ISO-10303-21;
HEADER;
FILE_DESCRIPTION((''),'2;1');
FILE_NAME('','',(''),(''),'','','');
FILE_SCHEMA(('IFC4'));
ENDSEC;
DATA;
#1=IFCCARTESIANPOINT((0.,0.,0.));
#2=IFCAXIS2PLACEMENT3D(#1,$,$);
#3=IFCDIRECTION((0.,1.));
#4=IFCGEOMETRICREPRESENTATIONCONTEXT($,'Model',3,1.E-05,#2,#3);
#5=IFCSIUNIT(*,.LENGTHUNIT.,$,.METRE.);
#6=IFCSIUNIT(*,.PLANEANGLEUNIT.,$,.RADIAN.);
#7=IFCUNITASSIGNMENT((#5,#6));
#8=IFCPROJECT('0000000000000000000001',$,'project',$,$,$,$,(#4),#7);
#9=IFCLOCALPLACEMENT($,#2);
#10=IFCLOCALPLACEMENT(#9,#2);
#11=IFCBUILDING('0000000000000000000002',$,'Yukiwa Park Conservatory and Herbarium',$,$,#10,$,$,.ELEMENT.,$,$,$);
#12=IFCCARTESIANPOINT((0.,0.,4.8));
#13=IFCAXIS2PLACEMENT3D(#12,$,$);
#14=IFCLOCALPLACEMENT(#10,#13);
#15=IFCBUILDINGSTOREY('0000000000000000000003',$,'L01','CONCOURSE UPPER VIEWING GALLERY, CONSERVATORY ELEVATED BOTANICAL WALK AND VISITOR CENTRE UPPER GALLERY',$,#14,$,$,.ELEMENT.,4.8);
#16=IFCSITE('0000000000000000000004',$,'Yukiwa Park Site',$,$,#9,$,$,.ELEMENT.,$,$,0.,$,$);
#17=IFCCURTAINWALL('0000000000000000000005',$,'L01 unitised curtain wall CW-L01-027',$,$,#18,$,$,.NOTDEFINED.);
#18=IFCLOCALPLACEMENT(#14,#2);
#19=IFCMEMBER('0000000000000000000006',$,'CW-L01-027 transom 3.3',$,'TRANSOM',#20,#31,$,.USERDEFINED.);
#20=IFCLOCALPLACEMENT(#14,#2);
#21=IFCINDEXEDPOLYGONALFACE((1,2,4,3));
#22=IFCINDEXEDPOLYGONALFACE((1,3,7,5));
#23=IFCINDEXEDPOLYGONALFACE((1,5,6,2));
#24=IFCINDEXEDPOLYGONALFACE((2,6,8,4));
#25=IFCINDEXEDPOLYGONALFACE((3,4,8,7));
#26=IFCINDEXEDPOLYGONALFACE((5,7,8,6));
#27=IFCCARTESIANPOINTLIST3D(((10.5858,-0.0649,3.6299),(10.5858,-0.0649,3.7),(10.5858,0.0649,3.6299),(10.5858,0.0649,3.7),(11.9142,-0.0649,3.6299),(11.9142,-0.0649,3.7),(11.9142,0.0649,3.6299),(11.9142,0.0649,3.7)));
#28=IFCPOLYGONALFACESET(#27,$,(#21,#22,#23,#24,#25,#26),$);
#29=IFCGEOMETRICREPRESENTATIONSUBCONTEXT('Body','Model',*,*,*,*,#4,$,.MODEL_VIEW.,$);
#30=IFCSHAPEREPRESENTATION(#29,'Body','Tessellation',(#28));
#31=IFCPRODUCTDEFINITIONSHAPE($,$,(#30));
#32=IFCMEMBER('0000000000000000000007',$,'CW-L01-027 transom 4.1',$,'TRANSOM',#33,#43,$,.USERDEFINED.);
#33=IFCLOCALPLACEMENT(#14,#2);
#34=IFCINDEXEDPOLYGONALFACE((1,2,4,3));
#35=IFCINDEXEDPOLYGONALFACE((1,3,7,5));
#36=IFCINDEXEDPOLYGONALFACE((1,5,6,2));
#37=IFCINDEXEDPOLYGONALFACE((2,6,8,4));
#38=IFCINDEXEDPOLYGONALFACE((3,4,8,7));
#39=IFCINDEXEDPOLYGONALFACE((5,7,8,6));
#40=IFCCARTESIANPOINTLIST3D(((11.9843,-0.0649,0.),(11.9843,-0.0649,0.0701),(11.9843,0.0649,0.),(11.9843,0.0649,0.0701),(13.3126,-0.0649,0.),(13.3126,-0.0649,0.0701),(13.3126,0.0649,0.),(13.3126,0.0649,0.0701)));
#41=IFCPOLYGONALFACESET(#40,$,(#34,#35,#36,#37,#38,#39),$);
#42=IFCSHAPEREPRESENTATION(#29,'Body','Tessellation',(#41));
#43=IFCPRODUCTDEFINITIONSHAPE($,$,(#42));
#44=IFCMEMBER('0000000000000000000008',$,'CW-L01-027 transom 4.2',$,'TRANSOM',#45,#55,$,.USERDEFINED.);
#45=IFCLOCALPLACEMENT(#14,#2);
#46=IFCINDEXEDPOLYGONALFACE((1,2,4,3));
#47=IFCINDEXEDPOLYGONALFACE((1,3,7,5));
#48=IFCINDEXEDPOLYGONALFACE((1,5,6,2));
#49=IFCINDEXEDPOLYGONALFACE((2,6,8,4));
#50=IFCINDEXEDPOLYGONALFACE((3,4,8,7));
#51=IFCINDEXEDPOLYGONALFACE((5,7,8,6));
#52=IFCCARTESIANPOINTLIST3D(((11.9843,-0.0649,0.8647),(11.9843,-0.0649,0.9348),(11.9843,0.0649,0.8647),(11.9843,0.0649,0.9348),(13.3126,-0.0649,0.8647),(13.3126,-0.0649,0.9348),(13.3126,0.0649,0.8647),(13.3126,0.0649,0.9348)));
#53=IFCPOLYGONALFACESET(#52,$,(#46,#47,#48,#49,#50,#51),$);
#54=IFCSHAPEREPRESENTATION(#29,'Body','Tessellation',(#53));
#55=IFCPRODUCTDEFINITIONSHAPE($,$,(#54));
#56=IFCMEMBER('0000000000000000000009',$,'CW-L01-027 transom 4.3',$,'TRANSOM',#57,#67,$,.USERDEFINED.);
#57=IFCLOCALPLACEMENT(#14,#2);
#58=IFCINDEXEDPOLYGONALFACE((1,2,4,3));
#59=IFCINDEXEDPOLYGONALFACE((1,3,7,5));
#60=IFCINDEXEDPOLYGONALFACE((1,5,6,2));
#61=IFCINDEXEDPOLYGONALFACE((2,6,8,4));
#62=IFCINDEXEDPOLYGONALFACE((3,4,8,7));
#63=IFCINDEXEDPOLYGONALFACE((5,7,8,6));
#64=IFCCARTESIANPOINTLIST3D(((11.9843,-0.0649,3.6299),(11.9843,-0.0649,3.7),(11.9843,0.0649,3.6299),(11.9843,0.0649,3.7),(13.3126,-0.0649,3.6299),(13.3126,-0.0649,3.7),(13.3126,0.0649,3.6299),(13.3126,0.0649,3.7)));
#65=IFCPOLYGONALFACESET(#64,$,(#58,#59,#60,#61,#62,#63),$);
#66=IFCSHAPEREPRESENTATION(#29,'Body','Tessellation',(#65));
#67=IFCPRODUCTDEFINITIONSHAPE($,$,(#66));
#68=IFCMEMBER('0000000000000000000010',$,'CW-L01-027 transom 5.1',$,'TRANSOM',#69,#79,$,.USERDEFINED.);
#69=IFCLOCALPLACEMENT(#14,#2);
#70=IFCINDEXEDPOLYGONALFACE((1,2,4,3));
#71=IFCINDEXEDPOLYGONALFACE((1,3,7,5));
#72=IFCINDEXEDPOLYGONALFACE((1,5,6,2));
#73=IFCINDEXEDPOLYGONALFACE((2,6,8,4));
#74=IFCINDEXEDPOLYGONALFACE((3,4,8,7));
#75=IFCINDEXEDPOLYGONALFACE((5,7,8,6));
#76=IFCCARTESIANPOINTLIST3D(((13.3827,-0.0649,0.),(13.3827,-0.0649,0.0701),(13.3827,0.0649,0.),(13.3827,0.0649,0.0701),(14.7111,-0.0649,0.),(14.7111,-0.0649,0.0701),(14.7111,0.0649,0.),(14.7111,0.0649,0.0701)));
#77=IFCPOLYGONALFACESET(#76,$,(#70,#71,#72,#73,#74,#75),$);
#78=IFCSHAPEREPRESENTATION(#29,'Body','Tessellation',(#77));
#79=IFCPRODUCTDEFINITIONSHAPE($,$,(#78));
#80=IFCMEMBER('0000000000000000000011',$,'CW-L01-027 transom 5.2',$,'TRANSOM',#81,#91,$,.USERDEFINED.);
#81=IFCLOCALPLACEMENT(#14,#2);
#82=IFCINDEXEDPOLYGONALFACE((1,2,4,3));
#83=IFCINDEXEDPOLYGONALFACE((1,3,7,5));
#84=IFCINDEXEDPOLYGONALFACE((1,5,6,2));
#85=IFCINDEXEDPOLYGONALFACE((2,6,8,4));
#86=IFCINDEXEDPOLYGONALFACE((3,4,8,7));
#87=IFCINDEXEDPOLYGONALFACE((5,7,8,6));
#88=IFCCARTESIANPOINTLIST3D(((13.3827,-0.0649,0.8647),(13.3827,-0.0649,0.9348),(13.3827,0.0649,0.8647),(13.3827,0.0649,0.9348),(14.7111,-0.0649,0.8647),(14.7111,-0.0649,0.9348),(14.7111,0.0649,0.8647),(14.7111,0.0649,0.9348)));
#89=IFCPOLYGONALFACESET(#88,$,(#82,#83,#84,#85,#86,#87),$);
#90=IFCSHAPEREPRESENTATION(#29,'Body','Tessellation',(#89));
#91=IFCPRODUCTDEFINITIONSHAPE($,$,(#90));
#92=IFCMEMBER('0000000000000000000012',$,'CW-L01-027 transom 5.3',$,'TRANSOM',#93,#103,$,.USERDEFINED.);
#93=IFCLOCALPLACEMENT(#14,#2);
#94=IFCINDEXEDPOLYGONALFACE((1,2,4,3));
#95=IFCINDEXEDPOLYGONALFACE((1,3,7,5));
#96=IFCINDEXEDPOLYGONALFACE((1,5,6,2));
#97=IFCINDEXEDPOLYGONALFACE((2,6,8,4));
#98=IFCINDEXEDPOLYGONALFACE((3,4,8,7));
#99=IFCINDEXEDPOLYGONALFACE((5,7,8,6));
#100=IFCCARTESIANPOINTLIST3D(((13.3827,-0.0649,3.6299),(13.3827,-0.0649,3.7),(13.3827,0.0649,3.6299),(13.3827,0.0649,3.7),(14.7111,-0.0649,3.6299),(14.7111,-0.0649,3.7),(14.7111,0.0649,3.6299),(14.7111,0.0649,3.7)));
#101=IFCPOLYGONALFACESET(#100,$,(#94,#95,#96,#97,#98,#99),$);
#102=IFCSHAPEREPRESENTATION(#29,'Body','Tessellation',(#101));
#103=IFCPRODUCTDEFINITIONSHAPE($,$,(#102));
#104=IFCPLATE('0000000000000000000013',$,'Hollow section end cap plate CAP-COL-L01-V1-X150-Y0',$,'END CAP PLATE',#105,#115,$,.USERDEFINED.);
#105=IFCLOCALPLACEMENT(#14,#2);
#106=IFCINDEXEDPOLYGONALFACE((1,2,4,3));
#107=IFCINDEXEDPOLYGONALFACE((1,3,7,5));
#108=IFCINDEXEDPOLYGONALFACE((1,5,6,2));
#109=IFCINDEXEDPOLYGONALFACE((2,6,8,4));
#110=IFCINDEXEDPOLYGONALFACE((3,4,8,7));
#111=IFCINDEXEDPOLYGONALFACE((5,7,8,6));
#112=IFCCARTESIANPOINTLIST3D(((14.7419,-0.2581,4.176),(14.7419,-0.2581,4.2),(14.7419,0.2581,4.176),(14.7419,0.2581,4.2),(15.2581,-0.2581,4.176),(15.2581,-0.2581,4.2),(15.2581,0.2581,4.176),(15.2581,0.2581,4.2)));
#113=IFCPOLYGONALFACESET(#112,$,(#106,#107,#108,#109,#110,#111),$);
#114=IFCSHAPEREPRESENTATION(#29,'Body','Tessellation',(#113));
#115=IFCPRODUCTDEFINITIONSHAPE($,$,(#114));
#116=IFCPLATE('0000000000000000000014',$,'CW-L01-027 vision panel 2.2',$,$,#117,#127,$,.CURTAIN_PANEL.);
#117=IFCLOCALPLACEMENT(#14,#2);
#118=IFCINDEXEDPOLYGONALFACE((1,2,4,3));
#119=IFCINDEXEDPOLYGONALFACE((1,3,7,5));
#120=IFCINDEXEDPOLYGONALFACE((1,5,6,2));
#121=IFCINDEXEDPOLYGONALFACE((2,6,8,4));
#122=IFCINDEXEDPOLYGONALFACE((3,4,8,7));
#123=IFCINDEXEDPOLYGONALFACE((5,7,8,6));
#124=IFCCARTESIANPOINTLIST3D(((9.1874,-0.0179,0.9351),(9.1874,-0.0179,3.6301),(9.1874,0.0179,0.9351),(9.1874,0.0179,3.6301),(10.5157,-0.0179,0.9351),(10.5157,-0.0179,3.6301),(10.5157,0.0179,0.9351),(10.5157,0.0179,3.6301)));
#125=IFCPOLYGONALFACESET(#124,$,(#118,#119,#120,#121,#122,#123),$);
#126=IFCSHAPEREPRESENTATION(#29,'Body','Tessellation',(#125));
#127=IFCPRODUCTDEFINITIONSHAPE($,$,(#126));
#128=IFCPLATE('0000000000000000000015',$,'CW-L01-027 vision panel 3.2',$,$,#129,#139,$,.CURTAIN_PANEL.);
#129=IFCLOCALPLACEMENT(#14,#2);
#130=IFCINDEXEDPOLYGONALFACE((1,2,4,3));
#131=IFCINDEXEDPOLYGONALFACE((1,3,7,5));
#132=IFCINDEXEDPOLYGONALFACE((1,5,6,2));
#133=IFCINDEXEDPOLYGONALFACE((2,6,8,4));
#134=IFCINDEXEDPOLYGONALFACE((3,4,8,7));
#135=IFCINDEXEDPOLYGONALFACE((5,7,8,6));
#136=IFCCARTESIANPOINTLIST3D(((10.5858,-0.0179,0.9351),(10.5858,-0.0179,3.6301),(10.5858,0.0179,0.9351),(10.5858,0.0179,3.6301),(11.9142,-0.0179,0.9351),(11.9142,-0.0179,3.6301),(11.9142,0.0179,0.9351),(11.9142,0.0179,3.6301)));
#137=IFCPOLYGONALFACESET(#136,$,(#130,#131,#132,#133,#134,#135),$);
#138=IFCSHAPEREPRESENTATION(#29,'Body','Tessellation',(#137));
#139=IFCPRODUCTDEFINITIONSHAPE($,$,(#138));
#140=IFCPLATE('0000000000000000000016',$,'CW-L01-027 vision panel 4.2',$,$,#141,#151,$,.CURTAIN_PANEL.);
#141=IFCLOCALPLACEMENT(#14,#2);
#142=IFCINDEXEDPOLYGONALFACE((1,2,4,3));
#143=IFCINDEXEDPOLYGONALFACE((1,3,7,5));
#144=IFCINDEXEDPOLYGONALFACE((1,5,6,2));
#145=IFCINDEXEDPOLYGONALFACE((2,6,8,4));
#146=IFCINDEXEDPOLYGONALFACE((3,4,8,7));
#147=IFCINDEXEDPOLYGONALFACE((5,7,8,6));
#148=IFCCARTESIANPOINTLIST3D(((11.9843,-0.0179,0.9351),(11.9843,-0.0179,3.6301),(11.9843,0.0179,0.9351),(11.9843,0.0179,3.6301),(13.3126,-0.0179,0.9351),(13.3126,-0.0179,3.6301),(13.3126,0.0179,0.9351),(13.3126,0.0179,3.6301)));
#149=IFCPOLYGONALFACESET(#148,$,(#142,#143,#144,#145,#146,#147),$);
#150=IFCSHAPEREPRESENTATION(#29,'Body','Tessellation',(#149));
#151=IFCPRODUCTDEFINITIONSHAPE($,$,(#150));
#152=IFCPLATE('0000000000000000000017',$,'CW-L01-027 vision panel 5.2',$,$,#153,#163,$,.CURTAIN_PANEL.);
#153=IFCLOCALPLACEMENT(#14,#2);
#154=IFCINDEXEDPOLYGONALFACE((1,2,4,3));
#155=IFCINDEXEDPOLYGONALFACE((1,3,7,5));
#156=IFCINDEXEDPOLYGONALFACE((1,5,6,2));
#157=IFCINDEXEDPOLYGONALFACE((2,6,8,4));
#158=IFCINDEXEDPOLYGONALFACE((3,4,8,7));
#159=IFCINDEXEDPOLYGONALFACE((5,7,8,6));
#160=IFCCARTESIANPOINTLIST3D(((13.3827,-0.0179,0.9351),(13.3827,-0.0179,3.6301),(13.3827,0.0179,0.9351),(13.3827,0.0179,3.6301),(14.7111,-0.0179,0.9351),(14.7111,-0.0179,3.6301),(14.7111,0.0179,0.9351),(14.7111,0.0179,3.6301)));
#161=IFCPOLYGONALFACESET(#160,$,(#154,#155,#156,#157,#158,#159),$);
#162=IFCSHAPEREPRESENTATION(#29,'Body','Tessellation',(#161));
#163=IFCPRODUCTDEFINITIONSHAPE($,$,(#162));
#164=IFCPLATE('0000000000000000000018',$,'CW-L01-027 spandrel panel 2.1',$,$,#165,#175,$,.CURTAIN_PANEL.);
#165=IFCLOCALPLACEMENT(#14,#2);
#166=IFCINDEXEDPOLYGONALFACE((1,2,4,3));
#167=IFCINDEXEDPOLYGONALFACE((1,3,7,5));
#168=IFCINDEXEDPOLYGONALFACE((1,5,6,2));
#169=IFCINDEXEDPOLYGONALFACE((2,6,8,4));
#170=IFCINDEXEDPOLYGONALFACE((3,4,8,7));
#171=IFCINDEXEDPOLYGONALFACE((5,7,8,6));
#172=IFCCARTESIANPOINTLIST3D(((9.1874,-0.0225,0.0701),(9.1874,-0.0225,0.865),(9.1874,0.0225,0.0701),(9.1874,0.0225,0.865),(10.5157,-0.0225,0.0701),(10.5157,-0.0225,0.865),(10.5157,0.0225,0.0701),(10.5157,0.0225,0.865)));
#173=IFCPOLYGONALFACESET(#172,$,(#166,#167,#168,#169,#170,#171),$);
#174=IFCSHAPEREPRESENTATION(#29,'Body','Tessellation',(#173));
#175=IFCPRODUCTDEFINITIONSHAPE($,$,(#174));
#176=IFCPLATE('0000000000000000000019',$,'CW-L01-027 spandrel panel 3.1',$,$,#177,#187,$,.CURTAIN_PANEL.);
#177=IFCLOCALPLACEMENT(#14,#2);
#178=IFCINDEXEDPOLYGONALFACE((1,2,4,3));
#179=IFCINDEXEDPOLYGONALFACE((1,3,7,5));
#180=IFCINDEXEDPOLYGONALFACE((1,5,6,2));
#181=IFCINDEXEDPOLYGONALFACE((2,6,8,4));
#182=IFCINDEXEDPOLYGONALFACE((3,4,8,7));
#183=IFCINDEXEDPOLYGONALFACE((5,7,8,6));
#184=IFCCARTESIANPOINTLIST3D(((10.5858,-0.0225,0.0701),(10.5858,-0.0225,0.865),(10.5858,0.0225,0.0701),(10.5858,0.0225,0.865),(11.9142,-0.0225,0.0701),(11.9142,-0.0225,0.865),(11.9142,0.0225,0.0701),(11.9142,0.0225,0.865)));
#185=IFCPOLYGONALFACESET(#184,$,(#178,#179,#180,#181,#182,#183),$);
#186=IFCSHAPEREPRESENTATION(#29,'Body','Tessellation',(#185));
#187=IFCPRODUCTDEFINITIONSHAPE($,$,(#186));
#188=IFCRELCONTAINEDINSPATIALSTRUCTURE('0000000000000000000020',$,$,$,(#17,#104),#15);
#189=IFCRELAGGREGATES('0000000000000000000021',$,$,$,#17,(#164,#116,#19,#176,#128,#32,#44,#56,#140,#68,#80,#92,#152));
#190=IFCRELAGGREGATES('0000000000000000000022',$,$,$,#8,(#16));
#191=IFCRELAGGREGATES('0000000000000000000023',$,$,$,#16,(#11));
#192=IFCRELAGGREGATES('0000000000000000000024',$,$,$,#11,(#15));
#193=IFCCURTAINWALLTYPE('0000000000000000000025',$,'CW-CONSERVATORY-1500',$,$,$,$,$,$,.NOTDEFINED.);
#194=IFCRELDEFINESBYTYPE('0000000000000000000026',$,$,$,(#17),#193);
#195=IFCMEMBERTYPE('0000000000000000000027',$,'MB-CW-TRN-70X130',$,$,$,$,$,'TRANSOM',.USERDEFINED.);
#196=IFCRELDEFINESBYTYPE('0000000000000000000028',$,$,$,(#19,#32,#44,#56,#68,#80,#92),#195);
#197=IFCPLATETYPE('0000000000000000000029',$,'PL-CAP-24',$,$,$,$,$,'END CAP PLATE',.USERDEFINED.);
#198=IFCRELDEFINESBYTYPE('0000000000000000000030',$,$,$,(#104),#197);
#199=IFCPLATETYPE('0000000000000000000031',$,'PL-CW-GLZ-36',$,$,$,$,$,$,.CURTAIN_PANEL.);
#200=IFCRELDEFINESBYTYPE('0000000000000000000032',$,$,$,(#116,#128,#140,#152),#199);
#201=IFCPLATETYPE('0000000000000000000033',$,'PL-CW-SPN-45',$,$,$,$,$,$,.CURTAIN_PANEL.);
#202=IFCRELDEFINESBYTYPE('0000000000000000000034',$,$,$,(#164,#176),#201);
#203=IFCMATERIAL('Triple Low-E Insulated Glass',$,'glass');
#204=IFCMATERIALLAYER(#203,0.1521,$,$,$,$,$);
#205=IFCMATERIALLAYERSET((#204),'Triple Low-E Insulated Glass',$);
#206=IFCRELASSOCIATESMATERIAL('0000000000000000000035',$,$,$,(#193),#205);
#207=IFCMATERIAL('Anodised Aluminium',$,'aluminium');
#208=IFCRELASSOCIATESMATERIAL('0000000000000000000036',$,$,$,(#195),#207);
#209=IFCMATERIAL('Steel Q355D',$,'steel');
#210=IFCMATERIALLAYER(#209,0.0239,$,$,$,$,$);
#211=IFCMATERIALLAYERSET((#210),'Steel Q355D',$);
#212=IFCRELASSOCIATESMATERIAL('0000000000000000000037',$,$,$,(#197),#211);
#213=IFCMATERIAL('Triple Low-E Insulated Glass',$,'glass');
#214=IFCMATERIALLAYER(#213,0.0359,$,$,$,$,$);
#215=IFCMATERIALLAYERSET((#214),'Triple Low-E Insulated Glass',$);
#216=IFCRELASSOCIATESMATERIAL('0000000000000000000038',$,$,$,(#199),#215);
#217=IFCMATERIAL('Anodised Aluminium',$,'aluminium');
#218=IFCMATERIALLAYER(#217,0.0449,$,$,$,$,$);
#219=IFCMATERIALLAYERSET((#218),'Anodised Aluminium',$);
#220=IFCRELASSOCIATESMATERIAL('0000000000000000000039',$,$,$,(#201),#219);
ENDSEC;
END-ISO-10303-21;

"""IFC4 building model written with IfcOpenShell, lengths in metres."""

from ifc_helpers import new_model, si_unit, direction, frame, origin, origin_2d, place, context, subcontext, project, spatial, rectangle, extrude, material, layer, layer_set, type_object, element, aggregate, save


model = new_model("IFC4")

# Units and contexts
model_context = context("Model", 3, precision=1e-05, world=origin(), true_north=direction((0.0, 1.0)))
body_context = subcontext(model_context, "Body", "Model", "MODEL_VIEW")
ifc_project = project(units=[si_unit("LENGTHUNIT", "METRE"), si_unit("PLANEANGLEUNIT", "RADIAN")], contexts=[model_context])

# Site, building, storey
site_placement = place(None, origin())
site = spatial("IfcSite", under=ifc_project, at=site_placement, Name="Yukiwa Park Site", CompositionType="ELEMENT", RefElevation=0.0)
building_placement = place(site_placement, origin())
building = spatial("IfcBuilding", under=site, at=building_placement, Name="Yukiwa Park Conservatory and Herbarium", CompositionType="ELEMENT")
storey_placement = place(building_placement, frame((0.0, 0.0, 4.8)))
storey = spatial("IfcBuildingStorey", under=building, at=storey_placement, Name="L01", Description="CONCOURSE UPPER VIEWING GALLERY, CONSERVATORY ELEVATED BOTANICAL WALK AND VISITOR CENTRE UPPER GALLERY", CompositionType="ELEMENT", Elevation=4.8)

# Curtain wall, members
ifc_material_1 = material(Name="Triple Low-E Insulated Glass", Category="glass")
ifc_layer_1 = layer(ifc_material_1, 0.1521)
ifc_layer_set_1 = layer_set([ifc_layer_1], Name="Triple Low-E Insulated Glass")
curtain_wall_type = type_object("IfcCurtainWallType", Name="CW-CONSERVATORY-1500", PredefinedType="NOTDEFINED", material=ifc_layer_set_1)
curtain_wall_placement = place(storey_placement, origin())
curtain_wall = element("IfcCurtainWall", 1, at=curtain_wall_placement, inside=storey, type_object=curtain_wall_type, Name="L01 unitised curtain wall CW-L01-027", PredefinedType="NOTDEFINED")
ifc_material_2 = material(Name="Anodised Aluminium", Category="aluminium")
member_type_1 = type_object("IfcMemberType", Name="MB-CW-TRN-70X130", ElementType="TRANSOM", PredefinedType="USERDEFINED", material=ifc_material_2)
member_1_placement = place(storey_placement, frame((11.25, 0.0, 3.6299), z_axis=(0.0, 0.0, 1.0), x_axis=(1.0, 0.0, 0.0)))
member_1 = element("IfcMember", 2, at=member_1_placement, type_object=member_type_1, Name="CW-L01-027 transom 3.3", ObjectType="TRANSOM", PredefinedType="USERDEFINED", context=body_context, shape_type="SweptSolid", body=[
    extrude(rectangle(XDim=1.3284, YDim=0.1299, at=origin_2d()), origin(), (0.0, 0.0, 1.0), 0.0701),
])
member_2_placement = place(storey_placement, frame((12.6484, 0.0, 0.0), z_axis=(0.0, 0.0, 1.0), x_axis=(1.0, 0.0, 0.0)))
member_2 = element("IfcMember", 3, at=member_2_placement, type_object=member_type_1, Name="CW-L01-027 transom 4.1", ObjectType="TRANSOM", PredefinedType="USERDEFINED", context=body_context, shape_type="SweptSolid", body=[
    extrude(rectangle(XDim=1.3284, YDim=0.1299, at=origin_2d()), origin(), (0.0, 0.0, 1.0), 0.0701),
])
member_3_placement = place(storey_placement, frame((12.6484, 0.0, 0.8647), z_axis=(0.0, 0.0, 1.0), x_axis=(1.0, 0.0, 0.0)))
member_3 = element("IfcMember", 4, at=member_3_placement, type_object=member_type_1, Name="CW-L01-027 transom 4.2", ObjectType="TRANSOM", PredefinedType="USERDEFINED", context=body_context, shape_type="SweptSolid", body=[
    extrude(rectangle(XDim=1.3284, YDim=0.1299, at=origin_2d()), origin(), (0.0, 0.0, 1.0), 0.0701),
])
member_4_placement = place(storey_placement, frame((12.6484, 0.0, 3.6299), z_axis=(0.0, 0.0, 1.0), x_axis=(1.0, 0.0, 0.0)))
member_4 = element("IfcMember", 5, at=member_4_placement, type_object=member_type_1, Name="CW-L01-027 transom 4.3", ObjectType="TRANSOM", PredefinedType="USERDEFINED", context=body_context, shape_type="SweptSolid", body=[
    extrude(rectangle(XDim=1.3284, YDim=0.1299, at=origin_2d()), origin(), (0.0, 0.0, 1.0), 0.0701),
])
member_5_placement = place(storey_placement, frame((14.0469, 0.0, 0.0), z_axis=(0.0, 0.0, 1.0), x_axis=(1.0, 0.0, 0.0)))
member_5 = element("IfcMember", 6, at=member_5_placement, type_object=member_type_1, Name="CW-L01-027 transom 5.1", ObjectType="TRANSOM", PredefinedType="USERDEFINED", context=body_context, shape_type="SweptSolid", body=[
    extrude(rectangle(XDim=1.3284, YDim=0.1299, at=origin_2d()), origin(), (0.0, 0.0, 1.0), 0.0701),
])
member_6_placement = place(storey_placement, frame((14.0469, 0.0, 0.8647), z_axis=(0.0, 0.0, 1.0), x_axis=(1.0, 0.0, 0.0)))
member_6 = element("IfcMember", 7, at=member_6_placement, type_object=member_type_1, Name="CW-L01-027 transom 5.2", ObjectType="TRANSOM", PredefinedType="USERDEFINED", context=body_context, shape_type="SweptSolid", body=[
    extrude(rectangle(XDim=1.3284, YDim=0.1299, at=origin_2d()), origin(), (0.0, 0.0, 1.0), 0.0701),
])
member_7_placement = place(storey_placement, frame((14.0469, 0.0, 3.6299), z_axis=(0.0, 0.0, 1.0), x_axis=(1.0, 0.0, 0.0)))
member_7 = element("IfcMember", 8, at=member_7_placement, type_object=member_type_1, Name="CW-L01-027 transom 5.3", ObjectType="TRANSOM", PredefinedType="USERDEFINED", context=body_context, shape_type="SweptSolid", body=[
    extrude(rectangle(XDim=1.3284, YDim=0.1299, at=origin_2d()), origin(), (0.0, 0.0, 1.0), 0.0701),
])

# Plates
ifc_material_3 = material(Name="Steel Q355D", Category="steel")
ifc_layer_2 = layer(ifc_material_3, 0.0239)
ifc_layer_set_2 = layer_set([ifc_layer_2], Name="Steel Q355D")
plate_type_1 = type_object("IfcPlateType", Name="PL-CAP-24", ElementType="END CAP PLATE", PredefinedType="USERDEFINED", material=ifc_layer_set_2)
plate_1_placement = place(storey_placement, frame((15.0, 0.0, 4.176), z_axis=(0.0, 0.0, 1.0), x_axis=(1.0, 0.0, 0.0)))
element("IfcPlate", 9, at=plate_1_placement, inside=storey, type_object=plate_type_1, Name="Hollow section end cap plate CAP-COL-L01-V1-X150-Y0", ObjectType="END CAP PLATE", PredefinedType="USERDEFINED", context=body_context, shape_type="SweptSolid", body=[
    extrude(rectangle(XDim=0.5161, YDim=0.5161, at=origin_2d()), origin(), (0.0, 0.0, 1.0), 0.0239),
])
ifc_material_4 = material(Name="Triple Low-E Insulated Glass", Category="glass")
ifc_layer_3 = layer(ifc_material_4, 0.0359)
ifc_layer_set_3 = layer_set([ifc_layer_3], Name="Triple Low-E Insulated Glass")
plate_type_2 = type_object("IfcPlateType", Name="PL-CW-GLZ-36", PredefinedType="CURTAIN_PANEL", material=ifc_layer_set_3)
plate_2_placement = place(storey_placement, frame((9.8516, 0.0, 0.9351), z_axis=(0.0, 0.0, 1.0), x_axis=(1.0, 0.0, 0.0)))
plate_2 = element("IfcPlate", 10, at=plate_2_placement, type_object=plate_type_2, Name="CW-L01-027 vision panel 2.2", PredefinedType="CURTAIN_PANEL", context=body_context, shape_type="SweptSolid", body=[
    extrude(rectangle(XDim=1.3284, YDim=0.0359, at=origin_2d()), origin(), (0.0, 0.0, 1.0), 2.6951),
])
plate_3_placement = place(storey_placement, frame((11.25, 0.0, 0.9351), z_axis=(0.0, 0.0, 1.0), x_axis=(1.0, 0.0, 0.0)))
plate_3 = element("IfcPlate", 11, at=plate_3_placement, type_object=plate_type_2, Name="CW-L01-027 vision panel 3.2", PredefinedType="CURTAIN_PANEL", context=body_context, shape_type="SweptSolid", body=[
    extrude(rectangle(XDim=1.3284, YDim=0.0359, at=origin_2d()), origin(), (0.0, 0.0, 1.0), 2.6951),
])
plate_4_placement = place(storey_placement, frame((12.6484, 0.0, 0.9351), z_axis=(0.0, 0.0, 1.0), x_axis=(1.0, 0.0, 0.0)))
plate_4 = element("IfcPlate", 12, at=plate_4_placement, type_object=plate_type_2, Name="CW-L01-027 vision panel 4.2", PredefinedType="CURTAIN_PANEL", context=body_context, shape_type="SweptSolid", body=[
    extrude(rectangle(XDim=1.3284, YDim=0.0359, at=origin_2d()), origin(), (0.0, 0.0, 1.0), 2.6951),
])
plate_5_placement = place(storey_placement, frame((14.0469, 0.0, 0.9351), z_axis=(0.0, 0.0, 1.0), x_axis=(1.0, 0.0, 0.0)))
plate_5 = element("IfcPlate", 13, at=plate_5_placement, type_object=plate_type_2, Name="CW-L01-027 vision panel 5.2", PredefinedType="CURTAIN_PANEL", context=body_context, shape_type="SweptSolid", body=[
    extrude(rectangle(XDim=1.3284, YDim=0.0359, at=origin_2d()), origin(), (0.0, 0.0, 1.0), 2.6951),
])
ifc_material_5 = material(Name="Anodised Aluminium", Category="aluminium")
ifc_layer_4 = layer(ifc_material_5, 0.0449)
ifc_layer_set_4 = layer_set([ifc_layer_4], Name="Anodised Aluminium")
plate_type_3 = type_object("IfcPlateType", Name="PL-CW-SPN-45", PredefinedType="CURTAIN_PANEL", material=ifc_layer_set_4)
plate_6_placement = place(storey_placement, frame((9.8516, 0.0, 0.0701), z_axis=(0.0, 0.0, 1.0), x_axis=(1.0, 0.0, 0.0)))
plate_6 = element("IfcPlate", 14, at=plate_6_placement, type_object=plate_type_3, Name="CW-L01-027 spandrel panel 2.1", PredefinedType="CURTAIN_PANEL", context=body_context, shape_type="SweptSolid", body=[
    extrude(rectangle(XDim=1.3284, YDim=0.0449, at=origin_2d()), origin(), (0.0, 0.0, 1.0), 0.7949),
])
plate_7_placement = place(storey_placement, frame((11.25, 0.0, 0.0701), z_axis=(0.0, 0.0, 1.0), x_axis=(1.0, 0.0, 0.0)))
plate_7 = element("IfcPlate", 15, at=plate_7_placement, type_object=plate_type_3, Name="CW-L01-027 spandrel panel 3.1", PredefinedType="CURTAIN_PANEL", context=body_context, shape_type="SweptSolid", body=[
    extrude(rectangle(XDim=1.3284, YDim=0.0449, at=origin_2d()), origin(), (0.0, 0.0, 1.0), 0.7949),
])
aggregate(curtain_wall, [plate_6, plate_2, member_1, plate_7, plate_3, member_2, member_3, member_4, plate_4, member_5, member_6, member_7, plate_5])

save(model, "model.ifc")
